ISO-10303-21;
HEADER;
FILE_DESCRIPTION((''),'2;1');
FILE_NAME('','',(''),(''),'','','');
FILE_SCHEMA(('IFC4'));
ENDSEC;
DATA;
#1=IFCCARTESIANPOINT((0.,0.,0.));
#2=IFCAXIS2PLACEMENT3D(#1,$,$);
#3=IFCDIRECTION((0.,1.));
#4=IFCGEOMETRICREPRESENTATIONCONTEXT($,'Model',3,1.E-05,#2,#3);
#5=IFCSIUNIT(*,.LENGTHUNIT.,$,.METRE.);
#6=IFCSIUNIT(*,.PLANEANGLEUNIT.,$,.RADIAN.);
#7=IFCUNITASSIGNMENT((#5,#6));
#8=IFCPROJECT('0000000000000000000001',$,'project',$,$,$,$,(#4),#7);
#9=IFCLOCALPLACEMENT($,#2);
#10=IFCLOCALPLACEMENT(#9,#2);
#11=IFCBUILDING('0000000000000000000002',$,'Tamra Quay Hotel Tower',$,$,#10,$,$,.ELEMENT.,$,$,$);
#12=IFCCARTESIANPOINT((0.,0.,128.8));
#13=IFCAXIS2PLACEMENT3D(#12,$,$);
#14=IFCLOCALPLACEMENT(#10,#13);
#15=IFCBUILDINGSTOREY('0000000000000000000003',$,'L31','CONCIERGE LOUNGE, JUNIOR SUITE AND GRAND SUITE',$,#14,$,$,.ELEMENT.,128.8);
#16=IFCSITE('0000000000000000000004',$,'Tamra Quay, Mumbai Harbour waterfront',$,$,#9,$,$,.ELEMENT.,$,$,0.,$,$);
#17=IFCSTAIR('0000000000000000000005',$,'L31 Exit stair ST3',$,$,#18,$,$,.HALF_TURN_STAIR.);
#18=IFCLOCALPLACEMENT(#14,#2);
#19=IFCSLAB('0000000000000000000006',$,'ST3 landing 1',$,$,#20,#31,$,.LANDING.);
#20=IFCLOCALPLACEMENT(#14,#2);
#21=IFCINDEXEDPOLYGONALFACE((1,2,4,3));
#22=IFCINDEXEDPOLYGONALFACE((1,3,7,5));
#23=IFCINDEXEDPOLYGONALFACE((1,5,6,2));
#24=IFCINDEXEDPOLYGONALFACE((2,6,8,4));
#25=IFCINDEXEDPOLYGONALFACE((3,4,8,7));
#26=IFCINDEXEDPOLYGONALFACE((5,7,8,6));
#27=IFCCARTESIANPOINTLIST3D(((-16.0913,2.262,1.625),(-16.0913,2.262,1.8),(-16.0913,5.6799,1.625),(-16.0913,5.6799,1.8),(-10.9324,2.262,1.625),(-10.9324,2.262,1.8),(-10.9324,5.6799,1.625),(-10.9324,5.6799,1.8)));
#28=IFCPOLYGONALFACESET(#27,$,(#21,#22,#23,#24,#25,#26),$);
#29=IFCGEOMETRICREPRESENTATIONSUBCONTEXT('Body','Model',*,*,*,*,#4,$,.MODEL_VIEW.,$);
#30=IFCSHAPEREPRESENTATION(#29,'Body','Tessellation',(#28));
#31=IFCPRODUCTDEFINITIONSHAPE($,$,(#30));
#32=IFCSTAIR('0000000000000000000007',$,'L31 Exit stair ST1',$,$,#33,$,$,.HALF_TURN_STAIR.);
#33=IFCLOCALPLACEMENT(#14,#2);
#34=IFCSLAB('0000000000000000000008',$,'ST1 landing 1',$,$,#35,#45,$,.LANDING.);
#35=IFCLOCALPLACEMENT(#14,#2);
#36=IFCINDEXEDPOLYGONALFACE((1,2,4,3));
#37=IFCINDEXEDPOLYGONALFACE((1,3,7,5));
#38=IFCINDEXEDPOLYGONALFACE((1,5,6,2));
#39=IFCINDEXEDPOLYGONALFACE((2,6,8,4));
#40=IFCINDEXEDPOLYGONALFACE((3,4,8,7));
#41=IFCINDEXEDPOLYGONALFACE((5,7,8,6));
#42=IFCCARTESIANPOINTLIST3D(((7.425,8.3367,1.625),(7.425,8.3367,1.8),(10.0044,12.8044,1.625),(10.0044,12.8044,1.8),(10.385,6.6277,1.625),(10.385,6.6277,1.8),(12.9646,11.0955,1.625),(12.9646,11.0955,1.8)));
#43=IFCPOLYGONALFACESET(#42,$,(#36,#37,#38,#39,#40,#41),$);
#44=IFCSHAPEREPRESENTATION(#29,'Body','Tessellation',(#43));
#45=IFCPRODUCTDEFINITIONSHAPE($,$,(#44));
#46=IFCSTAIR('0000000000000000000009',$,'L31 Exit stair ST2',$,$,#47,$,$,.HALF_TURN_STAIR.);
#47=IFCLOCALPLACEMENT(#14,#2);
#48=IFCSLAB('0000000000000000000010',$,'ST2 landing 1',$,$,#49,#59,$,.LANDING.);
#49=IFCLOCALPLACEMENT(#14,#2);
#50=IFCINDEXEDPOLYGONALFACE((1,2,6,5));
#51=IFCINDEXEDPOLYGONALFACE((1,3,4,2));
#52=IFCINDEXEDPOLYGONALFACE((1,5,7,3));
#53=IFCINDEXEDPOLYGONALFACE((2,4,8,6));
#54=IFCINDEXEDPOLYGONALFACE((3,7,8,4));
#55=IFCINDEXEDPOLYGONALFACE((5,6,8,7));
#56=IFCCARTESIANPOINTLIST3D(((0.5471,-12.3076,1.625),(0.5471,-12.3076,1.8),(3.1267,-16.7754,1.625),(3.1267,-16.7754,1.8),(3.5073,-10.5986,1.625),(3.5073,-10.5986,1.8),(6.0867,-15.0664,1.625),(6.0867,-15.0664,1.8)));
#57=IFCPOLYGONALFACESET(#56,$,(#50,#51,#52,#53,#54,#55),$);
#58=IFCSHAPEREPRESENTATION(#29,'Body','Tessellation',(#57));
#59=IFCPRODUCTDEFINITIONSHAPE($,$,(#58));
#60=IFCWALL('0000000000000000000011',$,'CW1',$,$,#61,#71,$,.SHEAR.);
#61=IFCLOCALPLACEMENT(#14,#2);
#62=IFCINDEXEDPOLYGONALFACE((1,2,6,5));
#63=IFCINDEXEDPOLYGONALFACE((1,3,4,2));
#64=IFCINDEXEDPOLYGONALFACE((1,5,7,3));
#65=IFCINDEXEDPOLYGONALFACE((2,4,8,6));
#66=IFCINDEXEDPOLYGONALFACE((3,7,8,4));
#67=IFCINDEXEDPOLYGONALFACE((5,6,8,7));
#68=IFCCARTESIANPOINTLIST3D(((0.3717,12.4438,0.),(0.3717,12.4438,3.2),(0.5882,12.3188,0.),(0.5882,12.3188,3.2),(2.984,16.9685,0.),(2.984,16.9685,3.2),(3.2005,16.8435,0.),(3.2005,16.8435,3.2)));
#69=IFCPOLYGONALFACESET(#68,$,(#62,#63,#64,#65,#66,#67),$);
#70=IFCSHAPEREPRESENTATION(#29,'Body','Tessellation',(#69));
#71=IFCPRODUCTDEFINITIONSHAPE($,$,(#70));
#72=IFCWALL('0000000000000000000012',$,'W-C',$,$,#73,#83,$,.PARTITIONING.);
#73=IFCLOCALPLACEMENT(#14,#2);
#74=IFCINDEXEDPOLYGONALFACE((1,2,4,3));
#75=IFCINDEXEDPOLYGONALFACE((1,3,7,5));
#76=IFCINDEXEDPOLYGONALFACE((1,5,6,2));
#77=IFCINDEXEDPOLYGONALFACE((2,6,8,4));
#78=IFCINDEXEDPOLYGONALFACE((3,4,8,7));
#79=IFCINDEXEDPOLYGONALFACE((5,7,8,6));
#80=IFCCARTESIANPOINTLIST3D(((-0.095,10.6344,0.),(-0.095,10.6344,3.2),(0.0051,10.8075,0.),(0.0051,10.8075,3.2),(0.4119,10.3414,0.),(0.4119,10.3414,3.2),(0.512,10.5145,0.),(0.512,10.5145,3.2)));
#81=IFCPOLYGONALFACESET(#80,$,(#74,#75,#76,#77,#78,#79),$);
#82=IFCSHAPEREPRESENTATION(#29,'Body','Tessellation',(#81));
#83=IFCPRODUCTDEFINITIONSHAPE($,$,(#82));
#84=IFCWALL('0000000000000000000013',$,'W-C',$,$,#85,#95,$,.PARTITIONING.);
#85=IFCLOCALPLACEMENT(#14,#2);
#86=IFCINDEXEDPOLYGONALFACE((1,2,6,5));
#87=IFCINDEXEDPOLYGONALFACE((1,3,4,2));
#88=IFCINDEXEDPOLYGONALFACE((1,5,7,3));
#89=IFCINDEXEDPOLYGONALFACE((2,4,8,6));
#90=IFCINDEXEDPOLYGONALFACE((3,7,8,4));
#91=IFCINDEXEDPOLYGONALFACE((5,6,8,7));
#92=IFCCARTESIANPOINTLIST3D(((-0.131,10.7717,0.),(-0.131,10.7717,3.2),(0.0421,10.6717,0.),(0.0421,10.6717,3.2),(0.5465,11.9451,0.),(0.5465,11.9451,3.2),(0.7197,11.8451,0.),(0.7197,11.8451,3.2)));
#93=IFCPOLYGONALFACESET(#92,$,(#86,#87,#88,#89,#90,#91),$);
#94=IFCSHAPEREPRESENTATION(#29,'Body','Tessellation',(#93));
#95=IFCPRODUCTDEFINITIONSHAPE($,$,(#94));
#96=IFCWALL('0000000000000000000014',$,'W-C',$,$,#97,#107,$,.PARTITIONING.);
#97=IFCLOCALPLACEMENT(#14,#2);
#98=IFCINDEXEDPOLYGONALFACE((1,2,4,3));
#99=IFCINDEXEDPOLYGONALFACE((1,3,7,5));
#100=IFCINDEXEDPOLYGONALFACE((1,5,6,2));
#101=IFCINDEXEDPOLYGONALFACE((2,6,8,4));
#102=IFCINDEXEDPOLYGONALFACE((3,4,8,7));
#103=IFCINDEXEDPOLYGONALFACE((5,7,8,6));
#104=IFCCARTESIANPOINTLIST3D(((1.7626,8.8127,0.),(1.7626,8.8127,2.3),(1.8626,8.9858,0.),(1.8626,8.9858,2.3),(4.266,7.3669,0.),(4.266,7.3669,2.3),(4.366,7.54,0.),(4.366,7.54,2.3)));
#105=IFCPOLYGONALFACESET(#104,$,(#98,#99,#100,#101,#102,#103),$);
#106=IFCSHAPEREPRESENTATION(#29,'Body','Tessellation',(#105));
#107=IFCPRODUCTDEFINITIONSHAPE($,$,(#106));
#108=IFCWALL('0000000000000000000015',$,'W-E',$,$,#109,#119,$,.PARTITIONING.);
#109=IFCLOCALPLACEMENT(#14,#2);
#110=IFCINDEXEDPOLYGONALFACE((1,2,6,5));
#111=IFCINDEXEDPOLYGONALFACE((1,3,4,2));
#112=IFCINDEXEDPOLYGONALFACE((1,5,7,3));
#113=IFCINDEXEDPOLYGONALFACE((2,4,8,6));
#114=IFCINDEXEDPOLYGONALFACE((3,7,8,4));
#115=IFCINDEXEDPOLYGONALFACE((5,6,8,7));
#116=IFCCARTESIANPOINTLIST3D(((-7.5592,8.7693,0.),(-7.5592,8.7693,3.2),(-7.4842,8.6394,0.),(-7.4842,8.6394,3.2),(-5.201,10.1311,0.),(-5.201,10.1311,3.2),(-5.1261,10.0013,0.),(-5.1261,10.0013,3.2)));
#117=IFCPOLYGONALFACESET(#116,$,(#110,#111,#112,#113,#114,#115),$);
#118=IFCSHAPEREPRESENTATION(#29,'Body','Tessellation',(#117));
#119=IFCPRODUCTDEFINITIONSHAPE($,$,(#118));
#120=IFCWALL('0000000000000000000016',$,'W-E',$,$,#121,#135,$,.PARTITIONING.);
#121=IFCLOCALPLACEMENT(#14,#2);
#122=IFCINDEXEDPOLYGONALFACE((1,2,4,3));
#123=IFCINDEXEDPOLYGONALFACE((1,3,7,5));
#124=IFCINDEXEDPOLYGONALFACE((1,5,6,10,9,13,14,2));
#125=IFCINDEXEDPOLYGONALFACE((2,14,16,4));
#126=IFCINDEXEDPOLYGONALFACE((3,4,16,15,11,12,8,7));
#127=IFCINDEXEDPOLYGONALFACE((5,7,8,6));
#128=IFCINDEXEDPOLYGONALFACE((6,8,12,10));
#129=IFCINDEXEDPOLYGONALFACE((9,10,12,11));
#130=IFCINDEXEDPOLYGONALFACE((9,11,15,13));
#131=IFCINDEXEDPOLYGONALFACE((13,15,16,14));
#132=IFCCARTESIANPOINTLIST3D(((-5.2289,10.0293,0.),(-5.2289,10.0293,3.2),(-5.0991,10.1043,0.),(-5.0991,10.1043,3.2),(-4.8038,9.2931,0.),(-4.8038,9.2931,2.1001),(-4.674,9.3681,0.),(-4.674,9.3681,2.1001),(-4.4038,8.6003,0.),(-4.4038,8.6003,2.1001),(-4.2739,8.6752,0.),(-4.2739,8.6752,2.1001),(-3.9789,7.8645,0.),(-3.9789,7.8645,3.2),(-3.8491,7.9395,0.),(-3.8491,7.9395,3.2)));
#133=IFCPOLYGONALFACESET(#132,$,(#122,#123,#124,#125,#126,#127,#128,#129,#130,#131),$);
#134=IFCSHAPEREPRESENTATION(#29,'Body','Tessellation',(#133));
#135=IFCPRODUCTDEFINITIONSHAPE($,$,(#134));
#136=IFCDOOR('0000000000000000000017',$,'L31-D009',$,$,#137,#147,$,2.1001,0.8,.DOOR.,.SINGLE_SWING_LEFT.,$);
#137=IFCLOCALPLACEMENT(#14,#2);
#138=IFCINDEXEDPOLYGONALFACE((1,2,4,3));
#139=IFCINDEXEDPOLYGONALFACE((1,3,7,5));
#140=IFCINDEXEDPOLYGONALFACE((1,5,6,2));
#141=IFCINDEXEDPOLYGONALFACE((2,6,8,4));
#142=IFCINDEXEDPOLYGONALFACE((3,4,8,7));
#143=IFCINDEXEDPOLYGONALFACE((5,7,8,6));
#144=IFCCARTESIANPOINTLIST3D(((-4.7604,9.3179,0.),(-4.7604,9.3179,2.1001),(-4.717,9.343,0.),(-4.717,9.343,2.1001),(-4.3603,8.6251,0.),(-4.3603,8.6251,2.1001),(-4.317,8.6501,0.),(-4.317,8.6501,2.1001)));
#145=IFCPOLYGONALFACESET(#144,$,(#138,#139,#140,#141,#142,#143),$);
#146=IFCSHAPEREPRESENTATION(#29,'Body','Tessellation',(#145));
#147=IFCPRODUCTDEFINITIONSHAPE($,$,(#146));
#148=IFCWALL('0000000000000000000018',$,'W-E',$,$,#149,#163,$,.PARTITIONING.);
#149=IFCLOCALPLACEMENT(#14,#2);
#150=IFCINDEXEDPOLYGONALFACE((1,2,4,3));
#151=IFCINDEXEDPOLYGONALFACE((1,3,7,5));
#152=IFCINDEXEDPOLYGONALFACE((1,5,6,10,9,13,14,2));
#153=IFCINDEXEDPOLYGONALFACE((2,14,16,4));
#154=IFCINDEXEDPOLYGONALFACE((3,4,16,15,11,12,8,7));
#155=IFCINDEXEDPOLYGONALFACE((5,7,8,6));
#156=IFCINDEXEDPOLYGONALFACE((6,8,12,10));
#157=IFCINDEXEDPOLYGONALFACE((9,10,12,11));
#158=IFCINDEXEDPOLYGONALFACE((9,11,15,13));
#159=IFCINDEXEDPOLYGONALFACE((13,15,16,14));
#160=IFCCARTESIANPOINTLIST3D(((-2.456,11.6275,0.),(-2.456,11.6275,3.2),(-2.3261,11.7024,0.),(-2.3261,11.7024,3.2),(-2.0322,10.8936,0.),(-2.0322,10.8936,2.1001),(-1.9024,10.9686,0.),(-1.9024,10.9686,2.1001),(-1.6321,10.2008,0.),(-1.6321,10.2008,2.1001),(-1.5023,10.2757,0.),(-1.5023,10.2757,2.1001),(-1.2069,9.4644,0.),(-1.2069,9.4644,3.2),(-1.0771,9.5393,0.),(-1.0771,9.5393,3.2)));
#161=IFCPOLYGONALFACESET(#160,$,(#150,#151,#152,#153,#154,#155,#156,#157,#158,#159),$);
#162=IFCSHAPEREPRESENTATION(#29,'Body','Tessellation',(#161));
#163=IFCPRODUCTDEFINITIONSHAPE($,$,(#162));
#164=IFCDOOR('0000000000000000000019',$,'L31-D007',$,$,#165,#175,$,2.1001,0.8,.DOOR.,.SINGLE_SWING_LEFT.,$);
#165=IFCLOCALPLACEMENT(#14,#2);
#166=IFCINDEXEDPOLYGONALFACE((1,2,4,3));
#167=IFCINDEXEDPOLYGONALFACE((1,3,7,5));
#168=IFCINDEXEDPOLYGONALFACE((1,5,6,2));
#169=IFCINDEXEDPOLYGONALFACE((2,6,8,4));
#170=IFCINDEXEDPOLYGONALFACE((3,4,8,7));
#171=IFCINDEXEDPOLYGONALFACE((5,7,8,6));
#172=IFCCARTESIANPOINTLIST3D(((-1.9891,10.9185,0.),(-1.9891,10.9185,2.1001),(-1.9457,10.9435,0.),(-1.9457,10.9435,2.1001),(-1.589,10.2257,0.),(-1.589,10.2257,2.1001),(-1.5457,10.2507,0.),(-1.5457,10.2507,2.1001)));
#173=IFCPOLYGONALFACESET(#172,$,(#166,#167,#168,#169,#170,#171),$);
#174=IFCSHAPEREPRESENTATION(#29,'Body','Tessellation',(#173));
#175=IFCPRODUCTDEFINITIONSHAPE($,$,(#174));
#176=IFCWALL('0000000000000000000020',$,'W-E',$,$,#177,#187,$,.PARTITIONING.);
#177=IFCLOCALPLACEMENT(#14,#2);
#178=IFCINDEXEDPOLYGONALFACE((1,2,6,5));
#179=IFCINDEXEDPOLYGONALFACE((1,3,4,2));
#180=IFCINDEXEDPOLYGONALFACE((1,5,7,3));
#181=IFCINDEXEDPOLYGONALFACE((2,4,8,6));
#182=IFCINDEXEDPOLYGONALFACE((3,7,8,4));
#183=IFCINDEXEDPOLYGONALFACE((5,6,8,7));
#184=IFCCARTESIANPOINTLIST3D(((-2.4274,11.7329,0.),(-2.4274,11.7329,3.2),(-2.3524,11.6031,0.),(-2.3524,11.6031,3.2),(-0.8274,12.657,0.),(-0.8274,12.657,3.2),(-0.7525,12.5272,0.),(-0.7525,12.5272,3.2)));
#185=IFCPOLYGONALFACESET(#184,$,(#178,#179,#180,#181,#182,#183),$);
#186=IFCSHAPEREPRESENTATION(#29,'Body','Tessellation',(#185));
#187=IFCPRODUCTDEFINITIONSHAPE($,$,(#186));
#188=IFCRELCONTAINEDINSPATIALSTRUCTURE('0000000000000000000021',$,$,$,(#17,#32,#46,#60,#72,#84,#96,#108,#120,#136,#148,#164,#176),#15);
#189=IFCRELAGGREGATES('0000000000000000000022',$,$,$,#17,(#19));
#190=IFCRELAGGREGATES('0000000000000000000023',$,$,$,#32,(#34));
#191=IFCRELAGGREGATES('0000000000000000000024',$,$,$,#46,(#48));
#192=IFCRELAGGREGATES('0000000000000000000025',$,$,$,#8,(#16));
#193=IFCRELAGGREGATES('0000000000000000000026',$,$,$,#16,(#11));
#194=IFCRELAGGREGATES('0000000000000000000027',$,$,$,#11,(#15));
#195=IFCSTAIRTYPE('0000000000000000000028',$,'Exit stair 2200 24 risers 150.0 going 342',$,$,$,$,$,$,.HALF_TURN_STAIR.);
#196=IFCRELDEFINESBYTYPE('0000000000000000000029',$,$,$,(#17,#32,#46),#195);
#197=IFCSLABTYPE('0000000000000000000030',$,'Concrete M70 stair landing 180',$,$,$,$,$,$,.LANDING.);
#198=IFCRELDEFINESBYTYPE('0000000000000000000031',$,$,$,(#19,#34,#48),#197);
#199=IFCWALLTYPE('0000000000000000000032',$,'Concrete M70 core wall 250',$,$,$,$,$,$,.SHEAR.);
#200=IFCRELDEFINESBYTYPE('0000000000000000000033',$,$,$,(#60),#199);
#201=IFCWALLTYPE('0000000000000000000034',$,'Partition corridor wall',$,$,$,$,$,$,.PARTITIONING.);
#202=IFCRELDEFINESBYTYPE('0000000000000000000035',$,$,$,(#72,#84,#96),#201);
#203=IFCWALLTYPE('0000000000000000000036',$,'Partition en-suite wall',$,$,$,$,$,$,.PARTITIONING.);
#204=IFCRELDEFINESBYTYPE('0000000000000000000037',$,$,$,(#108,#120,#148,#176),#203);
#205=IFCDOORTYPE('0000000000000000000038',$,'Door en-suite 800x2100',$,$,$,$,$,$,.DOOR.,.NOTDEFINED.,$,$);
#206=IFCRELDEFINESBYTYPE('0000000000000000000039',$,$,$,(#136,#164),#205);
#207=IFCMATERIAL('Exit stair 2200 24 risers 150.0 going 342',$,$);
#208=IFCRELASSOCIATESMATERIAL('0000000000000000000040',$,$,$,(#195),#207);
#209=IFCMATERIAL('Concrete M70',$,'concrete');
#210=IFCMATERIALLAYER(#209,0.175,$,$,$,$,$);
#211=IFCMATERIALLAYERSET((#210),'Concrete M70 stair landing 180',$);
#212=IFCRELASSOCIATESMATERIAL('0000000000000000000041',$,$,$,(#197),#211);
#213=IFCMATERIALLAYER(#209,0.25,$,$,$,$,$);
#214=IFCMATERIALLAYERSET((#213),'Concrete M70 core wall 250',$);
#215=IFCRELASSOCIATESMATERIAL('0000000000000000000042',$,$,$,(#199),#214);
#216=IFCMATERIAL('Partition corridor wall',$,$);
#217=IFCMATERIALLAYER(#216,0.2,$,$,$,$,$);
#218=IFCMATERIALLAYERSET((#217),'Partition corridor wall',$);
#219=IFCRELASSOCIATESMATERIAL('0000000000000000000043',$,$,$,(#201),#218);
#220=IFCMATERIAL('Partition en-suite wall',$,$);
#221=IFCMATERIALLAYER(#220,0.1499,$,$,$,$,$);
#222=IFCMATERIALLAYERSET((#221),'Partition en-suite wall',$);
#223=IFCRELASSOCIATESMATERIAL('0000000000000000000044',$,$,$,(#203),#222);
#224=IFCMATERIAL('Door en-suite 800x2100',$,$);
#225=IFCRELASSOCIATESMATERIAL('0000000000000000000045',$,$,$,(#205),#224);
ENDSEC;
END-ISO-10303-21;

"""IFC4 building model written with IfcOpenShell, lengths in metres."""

from ifc_helpers import new_model, si_unit, direction, frame, frame_2d, origin, place, context, subcontext, project, spatial, polyline, rectangle, outline, extrude, material, layer, layer_set, type_object, element, fill, aggregate, save


model = new_model("IFC4")

# Units and contexts
model_context = context("Model", 3, precision=1e-05, world=origin(), true_north=direction((0.0, 1.0)))
body_context = subcontext(model_context, "Body", "Model", "MODEL_VIEW")
ifc_project = project(units=[si_unit("LENGTHUNIT", "METRE"), si_unit("PLANEANGLEUNIT", "RADIAN")], contexts=[model_context])

# Site, building, storey
site_placement = place(None, origin())
site = spatial("IfcSite", under=ifc_project, at=site_placement, Name="Tamra Quay, Mumbai Harbour waterfront", CompositionType="ELEMENT", RefElevation=0.0)
building_placement = place(site_placement, origin())
building = spatial("IfcBuilding", under=site, at=building_placement, Name="Tamra Quay Hotel Tower", CompositionType="ELEMENT")
storey_placement = place(building_placement, frame((0.0, 0.0, 128.8)))
storey = spatial("IfcBuildingStorey", under=building, at=storey_placement, Name="L31", Description="CONCIERGE LOUNGE, JUNIOR SUITE AND GRAND SUITE", CompositionType="ELEMENT", Elevation=128.8)

# Stairs, slabs
ifc_material_1 = material(Name="Exit stair 2200 24 risers 150.0 going 342")
stair_type = type_object("IfcStairType", Name="Exit stair 2200 24 risers 150.0 going 342", PredefinedType="HALF_TURN_STAIR", material=ifc_material_1)
stair_1_placement = place(storey_placement, origin())
stair_1 = element("IfcStair", 1, at=stair_1_placement, inside=storey, type_object=stair_type, Name="L31 Exit stair ST3", PredefinedType="HALF_TURN_STAIR")
ifc_material_2 = material(Name="Concrete M70", Category="concrete")
ifc_layer_1 = layer(ifc_material_2, 0.175)
ifc_layer_set_1 = layer_set([ifc_layer_1], Name="Concrete M70 stair landing 180")
slab_type = type_object("IfcSlabType", Name="Concrete M70 stair landing 180", PredefinedType="LANDING", material=ifc_layer_set_1)
slab_1_placement = place(storey_placement, frame((0.0, 0.0, 1.625)))
slab_1 = element("IfcSlab", 2, at=slab_1_placement, type_object=slab_type, Name="ST3 landing 1", PredefinedType="LANDING", context=body_context, shape_type="SweptSolid", body=[
    extrude(outline(polyline([(-10.9324, 2.262), (-10.9324, 5.6799), (-16.0913, 5.6799), (-16.0913, 2.262), (-10.9324, 2.262)])), origin(), (0.0, 0.0, 1.0), 0.175),
])
aggregate(stair_1, [slab_1])
stair_2_placement = place(storey_placement, origin())
stair_2 = element("IfcStair", 3, at=stair_2_placement, inside=storey, type_object=stair_type, Name="L31 Exit stair ST1", PredefinedType="HALF_TURN_STAIR")
slab_2_placement = place(storey_placement, frame((0.0, 0.0, 1.625)))
slab_2 = element("IfcSlab", 4, at=slab_2_placement, type_object=slab_type, Name="ST1 landing 1", PredefinedType="LANDING", context=body_context, shape_type="SweptSolid", body=[
    extrude(outline(polyline([(7.425, 8.3367), (10.385, 6.6277), (12.9646, 11.0955), (10.0044, 12.8044), (7.425, 8.3367)])), origin(), (0.0, 0.0, 1.0), 0.175),
])
aggregate(stair_2, [slab_2])
stair_3_placement = place(storey_placement, origin())
stair_3 = element("IfcStair", 5, at=stair_3_placement, inside=storey, type_object=stair_type, Name="L31 Exit stair ST2", PredefinedType="HALF_TURN_STAIR")
slab_3_placement = place(storey_placement, frame((0.0, 0.0, 1.625)))
slab_3 = element("IfcSlab", 6, at=slab_3_placement, type_object=slab_type, Name="ST2 landing 1", PredefinedType="LANDING", context=body_context, shape_type="SweptSolid", body=[
    extrude(outline(polyline([(3.5073, -10.5986), (0.5471, -12.3076), (3.1267, -16.7754), (6.0867, -15.0664), (3.5073, -10.5986)])), origin(), (0.0, 0.0, 1.0), 0.175),
])
aggregate(stair_3, [slab_3])

# Walls
ifc_layer_2 = layer(ifc_material_2, 0.25)
ifc_layer_set_2 = layer_set([ifc_layer_2], Name="Concrete M70 core wall 250")
wall_type_1 = type_object("IfcWallType", Name="Concrete M70 core wall 250", PredefinedType="SHEAR", material=ifc_layer_set_2)
wall_1_placement = place(storey_placement, frame((0.48, 12.3813, 0.0), z_axis=(0.0, 0.0, 1.0), x_axis=(0.499999, 0.866026, 0.0)))
element("IfcWall", 7, at=wall_1_placement, inside=storey, type_object=wall_type_1, Name="CW1", PredefinedType="SHEAR", context=body_context, shape_type="SweptSolid", body=[
    extrude(rectangle(XDim=5.2246, YDim=0.25, at=frame_2d((2.6123, 0.0))), origin(), (0.0, 0.0, 1.0), 3.2),
])
ifc_material_3 = material(Name="Partition corridor wall")
ifc_layer_3 = layer(ifc_material_3, 0.2)
ifc_layer_set_3 = layer_set([ifc_layer_3], Name="Partition corridor wall")
wall_type_2 = type_object("IfcWallType", Name="Partition corridor wall", PredefinedType="PARTITIONING", material=ifc_layer_set_3)
wall_2_placement = place(storey_placement, frame((-0.0449, 10.7209, 0.0), z_axis=(0.0, 0.0, 1.0), x_axis=(0.865769, -0.500444, 0.0)))
element("IfcWall", 8, at=wall_2_placement, inside=storey, type_object=wall_type_2, Name="W-C", PredefinedType="PARTITIONING", context=body_context, shape_type="SweptSolid", body=[
    extrude(rectangle(XDim=0.5854, YDim=0.2, at=frame_2d((0.2927, 0.0))), origin(), (0.0, 0.0, 1.0), 3.2),
])
wall_3_placement = place(storey_placement, frame((-0.0444, 10.7217, 0.0), z_axis=(0.0, 0.0, 1.0), x_axis=(0.500034, 0.866006, 0.0)))
element("IfcWall", 9, at=wall_3_placement, inside=storey, type_object=wall_type_2, Name="W-C", PredefinedType="PARTITIONING", context=body_context, shape_type="SweptSolid", body=[
    extrude(rectangle(XDim=1.355, YDim=0.2, at=frame_2d((0.6775, 0.0))), origin(), (0.0, 0.0, 1.0), 3.2),
])
wall_4_placement = place(storey_placement, frame((1.8127, 8.8992, 0.0), z_axis=(0.0, 0.0, 1.0), x_axis=(0.865958, -0.500117, 0.0)))
element("IfcWall", 10, at=wall_4_placement, inside=storey, type_object=wall_type_2, Name="W-C", PredefinedType="PARTITIONING", context=body_context, shape_type="SweptSolid", body=[
    extrude(rectangle(XDim=2.8909, YDim=0.2, at=frame_2d((1.4453, 0.0))), origin(), (0.0, 0.0, 1.0), 2.3),
])
ifc_material_4 = material(Name="Partition en-suite wall")
ifc_layer_4 = layer(ifc_material_4, 0.1499)
ifc_layer_set_4 = layer_set([ifc_layer_4], Name="Partition en-suite wall")
wall_type_3 = type_object("IfcWallType", Name="Partition en-suite wall", PredefinedType="PARTITIONING", material=ifc_layer_set_4)
wall_5_placement = place(storey_placement, frame((-7.5217, 8.7043, 0.0), z_axis=(0.0, 0.0, 1.0), x_axis=(0.865972, 0.500092, 0.0)))
element("IfcWall", 11, at=wall_5_placement, inside=storey, type_object=wall_type_3, Name="W-E", PredefinedType="PARTITIONING", context=body_context, shape_type="SweptSolid", body=[
    extrude(rectangle(XDim=2.7231, YDim=0.1499, at=frame_2d((1.3616, 0.0))), origin(), (0.0, 0.0, 1.0), 3.2),
])

# Walls, openings, doors
wall_6_placement = place(storey_placement, frame((-5.1641, 10.0669, 0.0), z_axis=(0.0, 0.0, 1.0), x_axis=(0.500047, -0.865999, 0.0)))
wall_6 = element("IfcWall", 12, at=wall_6_placement, inside=storey, type_object=wall_type_3, Name="W-E", PredefinedType="PARTITIONING", context=body_context, shape_type="SweptSolid", body=[
    extrude(rectangle(XDim=2.4998, YDim=0.1499, at=frame_2d((1.25, 0.0))), origin(), (0.0, 0.0, 1.0), 3.2),
])
opening_1_placement = place(wall_6_placement, frame((0.8503, 0.0, 0.0)))
opening_1 = element("IfcOpeningElement", 13, at=opening_1_placement, cuts=wall_6, PredefinedType="OPENING", context=body_context, shape_type="SweptSolid", body=[
    extrude(rectangle(XDim=0.8, YDim=2.1001, at=frame_2d((0.3999, 1.05))), frame((0.0, 0.085, 0.0), z_axis=(0.0, -1.0, 0.0), x_axis=(1.0, 0.0, 0.0)), (0.0, 0.0, 1.0), 0.1699),
])
ifc_material_5 = material(Name="Door en-suite 800x2100")
door_type = type_object("IfcDoorType", Name="Door en-suite 800x2100", OperationType="NOTDEFINED", PredefinedType="DOOR", material=ifc_material_5)
door_1_placement = place(opening_1_placement, frame((0.8, 0.0, 0.0), z_axis=(0.0, 0.0, 1.0), x_axis=(-1.0, 0.0, 0.0)))
door_1 = element("IfcDoor", 14, at=door_1_placement, inside=storey, type_object=door_type, Name="L31-D009", OperationType="SINGLE_SWING_LEFT", OverallHeight=2.1001, OverallWidth=0.8, PredefinedType="DOOR", context=body_context, shape_type="SweptSolid", body=[
    extrude(rectangle(XDim=0.8, YDim=2.1001, at=frame_2d((0.3999, 1.05))), frame((0.0, 0.0249, 0.0), z_axis=(0.0, -1.0, 0.0), x_axis=(1.0, 0.0, 0.0)), (0.0, 0.0, 1.0), 0.05),
])
fill(opening_1, door_1)
wall_7_placement = place(storey_placement, frame((-2.3911, 11.665, 0.0), z_axis=(0.0, 0.0, 1.0), x_axis=(0.50005, -0.865997, 0.0)))
wall_7 = element("IfcWall", 15, at=wall_7_placement, inside=storey, type_object=wall_type_3, Name="W-E", PredefinedType="PARTITIONING", context=body_context, shape_type="SweptSolid", body=[
    extrude(rectangle(XDim=2.4978, YDim=0.1499, at=frame_2d((1.249, 0.0))), origin(), (0.0, 0.0, 1.0), 3.2),
])
opening_2_placement = place(wall_7_placement, frame((0.8477, 0.0, 0.0)))
opening_2 = element("IfcOpeningElement", 16, at=opening_2_placement, cuts=wall_7, PredefinedType="OPENING", context=body_context, shape_type="SweptSolid", body=[
    extrude(rectangle(XDim=0.8, YDim=2.1001, at=frame_2d((0.3999, 1.05))), frame((0.0, 0.085, 0.0), z_axis=(0.0, -1.0, 0.0), x_axis=(1.0, 0.0, 0.0)), (0.0, 0.0, 1.0), 0.1699),
])
door_2_placement = place(opening_2_placement, origin())
door_2 = element("IfcDoor", 17, at=door_2_placement, inside=storey, type_object=door_type, Name="L31-D007", OperationType="SINGLE_SWING_LEFT", OverallHeight=2.1001, OverallWidth=0.8, PredefinedType="DOOR", context=body_context, shape_type="SweptSolid", body=[
    extrude(rectangle(XDim=0.8, YDim=2.1001, at=frame_2d((0.3999, 1.05))), frame((0.0, 0.0249, 0.0), z_axis=(0.0, -1.0, 0.0), x_axis=(1.0, 0.0, 0.0)), (0.0, 0.0, 1.0), 0.05),
])
fill(opening_2, door_2)

# Wall
wall_8_placement = place(storey_placement, frame((-2.3899, 11.668, 0.0), z_axis=(0.0, 0.0, 1.0), x_axis=(0.865932, 0.500161, 0.0)))
element("IfcWall", 18, at=wall_8_placement, inside=storey, type_object=wall_type_3, Name="W-E", PredefinedType="PARTITIONING", context=body_context, shape_type="SweptSolid", body=[
    extrude(rectangle(XDim=1.8477, YDim=0.1499, at=frame_2d((0.9238, 0.0))), origin(), (0.0, 0.0, 1.0), 3.2),
])

save(model, "model.ifc")
